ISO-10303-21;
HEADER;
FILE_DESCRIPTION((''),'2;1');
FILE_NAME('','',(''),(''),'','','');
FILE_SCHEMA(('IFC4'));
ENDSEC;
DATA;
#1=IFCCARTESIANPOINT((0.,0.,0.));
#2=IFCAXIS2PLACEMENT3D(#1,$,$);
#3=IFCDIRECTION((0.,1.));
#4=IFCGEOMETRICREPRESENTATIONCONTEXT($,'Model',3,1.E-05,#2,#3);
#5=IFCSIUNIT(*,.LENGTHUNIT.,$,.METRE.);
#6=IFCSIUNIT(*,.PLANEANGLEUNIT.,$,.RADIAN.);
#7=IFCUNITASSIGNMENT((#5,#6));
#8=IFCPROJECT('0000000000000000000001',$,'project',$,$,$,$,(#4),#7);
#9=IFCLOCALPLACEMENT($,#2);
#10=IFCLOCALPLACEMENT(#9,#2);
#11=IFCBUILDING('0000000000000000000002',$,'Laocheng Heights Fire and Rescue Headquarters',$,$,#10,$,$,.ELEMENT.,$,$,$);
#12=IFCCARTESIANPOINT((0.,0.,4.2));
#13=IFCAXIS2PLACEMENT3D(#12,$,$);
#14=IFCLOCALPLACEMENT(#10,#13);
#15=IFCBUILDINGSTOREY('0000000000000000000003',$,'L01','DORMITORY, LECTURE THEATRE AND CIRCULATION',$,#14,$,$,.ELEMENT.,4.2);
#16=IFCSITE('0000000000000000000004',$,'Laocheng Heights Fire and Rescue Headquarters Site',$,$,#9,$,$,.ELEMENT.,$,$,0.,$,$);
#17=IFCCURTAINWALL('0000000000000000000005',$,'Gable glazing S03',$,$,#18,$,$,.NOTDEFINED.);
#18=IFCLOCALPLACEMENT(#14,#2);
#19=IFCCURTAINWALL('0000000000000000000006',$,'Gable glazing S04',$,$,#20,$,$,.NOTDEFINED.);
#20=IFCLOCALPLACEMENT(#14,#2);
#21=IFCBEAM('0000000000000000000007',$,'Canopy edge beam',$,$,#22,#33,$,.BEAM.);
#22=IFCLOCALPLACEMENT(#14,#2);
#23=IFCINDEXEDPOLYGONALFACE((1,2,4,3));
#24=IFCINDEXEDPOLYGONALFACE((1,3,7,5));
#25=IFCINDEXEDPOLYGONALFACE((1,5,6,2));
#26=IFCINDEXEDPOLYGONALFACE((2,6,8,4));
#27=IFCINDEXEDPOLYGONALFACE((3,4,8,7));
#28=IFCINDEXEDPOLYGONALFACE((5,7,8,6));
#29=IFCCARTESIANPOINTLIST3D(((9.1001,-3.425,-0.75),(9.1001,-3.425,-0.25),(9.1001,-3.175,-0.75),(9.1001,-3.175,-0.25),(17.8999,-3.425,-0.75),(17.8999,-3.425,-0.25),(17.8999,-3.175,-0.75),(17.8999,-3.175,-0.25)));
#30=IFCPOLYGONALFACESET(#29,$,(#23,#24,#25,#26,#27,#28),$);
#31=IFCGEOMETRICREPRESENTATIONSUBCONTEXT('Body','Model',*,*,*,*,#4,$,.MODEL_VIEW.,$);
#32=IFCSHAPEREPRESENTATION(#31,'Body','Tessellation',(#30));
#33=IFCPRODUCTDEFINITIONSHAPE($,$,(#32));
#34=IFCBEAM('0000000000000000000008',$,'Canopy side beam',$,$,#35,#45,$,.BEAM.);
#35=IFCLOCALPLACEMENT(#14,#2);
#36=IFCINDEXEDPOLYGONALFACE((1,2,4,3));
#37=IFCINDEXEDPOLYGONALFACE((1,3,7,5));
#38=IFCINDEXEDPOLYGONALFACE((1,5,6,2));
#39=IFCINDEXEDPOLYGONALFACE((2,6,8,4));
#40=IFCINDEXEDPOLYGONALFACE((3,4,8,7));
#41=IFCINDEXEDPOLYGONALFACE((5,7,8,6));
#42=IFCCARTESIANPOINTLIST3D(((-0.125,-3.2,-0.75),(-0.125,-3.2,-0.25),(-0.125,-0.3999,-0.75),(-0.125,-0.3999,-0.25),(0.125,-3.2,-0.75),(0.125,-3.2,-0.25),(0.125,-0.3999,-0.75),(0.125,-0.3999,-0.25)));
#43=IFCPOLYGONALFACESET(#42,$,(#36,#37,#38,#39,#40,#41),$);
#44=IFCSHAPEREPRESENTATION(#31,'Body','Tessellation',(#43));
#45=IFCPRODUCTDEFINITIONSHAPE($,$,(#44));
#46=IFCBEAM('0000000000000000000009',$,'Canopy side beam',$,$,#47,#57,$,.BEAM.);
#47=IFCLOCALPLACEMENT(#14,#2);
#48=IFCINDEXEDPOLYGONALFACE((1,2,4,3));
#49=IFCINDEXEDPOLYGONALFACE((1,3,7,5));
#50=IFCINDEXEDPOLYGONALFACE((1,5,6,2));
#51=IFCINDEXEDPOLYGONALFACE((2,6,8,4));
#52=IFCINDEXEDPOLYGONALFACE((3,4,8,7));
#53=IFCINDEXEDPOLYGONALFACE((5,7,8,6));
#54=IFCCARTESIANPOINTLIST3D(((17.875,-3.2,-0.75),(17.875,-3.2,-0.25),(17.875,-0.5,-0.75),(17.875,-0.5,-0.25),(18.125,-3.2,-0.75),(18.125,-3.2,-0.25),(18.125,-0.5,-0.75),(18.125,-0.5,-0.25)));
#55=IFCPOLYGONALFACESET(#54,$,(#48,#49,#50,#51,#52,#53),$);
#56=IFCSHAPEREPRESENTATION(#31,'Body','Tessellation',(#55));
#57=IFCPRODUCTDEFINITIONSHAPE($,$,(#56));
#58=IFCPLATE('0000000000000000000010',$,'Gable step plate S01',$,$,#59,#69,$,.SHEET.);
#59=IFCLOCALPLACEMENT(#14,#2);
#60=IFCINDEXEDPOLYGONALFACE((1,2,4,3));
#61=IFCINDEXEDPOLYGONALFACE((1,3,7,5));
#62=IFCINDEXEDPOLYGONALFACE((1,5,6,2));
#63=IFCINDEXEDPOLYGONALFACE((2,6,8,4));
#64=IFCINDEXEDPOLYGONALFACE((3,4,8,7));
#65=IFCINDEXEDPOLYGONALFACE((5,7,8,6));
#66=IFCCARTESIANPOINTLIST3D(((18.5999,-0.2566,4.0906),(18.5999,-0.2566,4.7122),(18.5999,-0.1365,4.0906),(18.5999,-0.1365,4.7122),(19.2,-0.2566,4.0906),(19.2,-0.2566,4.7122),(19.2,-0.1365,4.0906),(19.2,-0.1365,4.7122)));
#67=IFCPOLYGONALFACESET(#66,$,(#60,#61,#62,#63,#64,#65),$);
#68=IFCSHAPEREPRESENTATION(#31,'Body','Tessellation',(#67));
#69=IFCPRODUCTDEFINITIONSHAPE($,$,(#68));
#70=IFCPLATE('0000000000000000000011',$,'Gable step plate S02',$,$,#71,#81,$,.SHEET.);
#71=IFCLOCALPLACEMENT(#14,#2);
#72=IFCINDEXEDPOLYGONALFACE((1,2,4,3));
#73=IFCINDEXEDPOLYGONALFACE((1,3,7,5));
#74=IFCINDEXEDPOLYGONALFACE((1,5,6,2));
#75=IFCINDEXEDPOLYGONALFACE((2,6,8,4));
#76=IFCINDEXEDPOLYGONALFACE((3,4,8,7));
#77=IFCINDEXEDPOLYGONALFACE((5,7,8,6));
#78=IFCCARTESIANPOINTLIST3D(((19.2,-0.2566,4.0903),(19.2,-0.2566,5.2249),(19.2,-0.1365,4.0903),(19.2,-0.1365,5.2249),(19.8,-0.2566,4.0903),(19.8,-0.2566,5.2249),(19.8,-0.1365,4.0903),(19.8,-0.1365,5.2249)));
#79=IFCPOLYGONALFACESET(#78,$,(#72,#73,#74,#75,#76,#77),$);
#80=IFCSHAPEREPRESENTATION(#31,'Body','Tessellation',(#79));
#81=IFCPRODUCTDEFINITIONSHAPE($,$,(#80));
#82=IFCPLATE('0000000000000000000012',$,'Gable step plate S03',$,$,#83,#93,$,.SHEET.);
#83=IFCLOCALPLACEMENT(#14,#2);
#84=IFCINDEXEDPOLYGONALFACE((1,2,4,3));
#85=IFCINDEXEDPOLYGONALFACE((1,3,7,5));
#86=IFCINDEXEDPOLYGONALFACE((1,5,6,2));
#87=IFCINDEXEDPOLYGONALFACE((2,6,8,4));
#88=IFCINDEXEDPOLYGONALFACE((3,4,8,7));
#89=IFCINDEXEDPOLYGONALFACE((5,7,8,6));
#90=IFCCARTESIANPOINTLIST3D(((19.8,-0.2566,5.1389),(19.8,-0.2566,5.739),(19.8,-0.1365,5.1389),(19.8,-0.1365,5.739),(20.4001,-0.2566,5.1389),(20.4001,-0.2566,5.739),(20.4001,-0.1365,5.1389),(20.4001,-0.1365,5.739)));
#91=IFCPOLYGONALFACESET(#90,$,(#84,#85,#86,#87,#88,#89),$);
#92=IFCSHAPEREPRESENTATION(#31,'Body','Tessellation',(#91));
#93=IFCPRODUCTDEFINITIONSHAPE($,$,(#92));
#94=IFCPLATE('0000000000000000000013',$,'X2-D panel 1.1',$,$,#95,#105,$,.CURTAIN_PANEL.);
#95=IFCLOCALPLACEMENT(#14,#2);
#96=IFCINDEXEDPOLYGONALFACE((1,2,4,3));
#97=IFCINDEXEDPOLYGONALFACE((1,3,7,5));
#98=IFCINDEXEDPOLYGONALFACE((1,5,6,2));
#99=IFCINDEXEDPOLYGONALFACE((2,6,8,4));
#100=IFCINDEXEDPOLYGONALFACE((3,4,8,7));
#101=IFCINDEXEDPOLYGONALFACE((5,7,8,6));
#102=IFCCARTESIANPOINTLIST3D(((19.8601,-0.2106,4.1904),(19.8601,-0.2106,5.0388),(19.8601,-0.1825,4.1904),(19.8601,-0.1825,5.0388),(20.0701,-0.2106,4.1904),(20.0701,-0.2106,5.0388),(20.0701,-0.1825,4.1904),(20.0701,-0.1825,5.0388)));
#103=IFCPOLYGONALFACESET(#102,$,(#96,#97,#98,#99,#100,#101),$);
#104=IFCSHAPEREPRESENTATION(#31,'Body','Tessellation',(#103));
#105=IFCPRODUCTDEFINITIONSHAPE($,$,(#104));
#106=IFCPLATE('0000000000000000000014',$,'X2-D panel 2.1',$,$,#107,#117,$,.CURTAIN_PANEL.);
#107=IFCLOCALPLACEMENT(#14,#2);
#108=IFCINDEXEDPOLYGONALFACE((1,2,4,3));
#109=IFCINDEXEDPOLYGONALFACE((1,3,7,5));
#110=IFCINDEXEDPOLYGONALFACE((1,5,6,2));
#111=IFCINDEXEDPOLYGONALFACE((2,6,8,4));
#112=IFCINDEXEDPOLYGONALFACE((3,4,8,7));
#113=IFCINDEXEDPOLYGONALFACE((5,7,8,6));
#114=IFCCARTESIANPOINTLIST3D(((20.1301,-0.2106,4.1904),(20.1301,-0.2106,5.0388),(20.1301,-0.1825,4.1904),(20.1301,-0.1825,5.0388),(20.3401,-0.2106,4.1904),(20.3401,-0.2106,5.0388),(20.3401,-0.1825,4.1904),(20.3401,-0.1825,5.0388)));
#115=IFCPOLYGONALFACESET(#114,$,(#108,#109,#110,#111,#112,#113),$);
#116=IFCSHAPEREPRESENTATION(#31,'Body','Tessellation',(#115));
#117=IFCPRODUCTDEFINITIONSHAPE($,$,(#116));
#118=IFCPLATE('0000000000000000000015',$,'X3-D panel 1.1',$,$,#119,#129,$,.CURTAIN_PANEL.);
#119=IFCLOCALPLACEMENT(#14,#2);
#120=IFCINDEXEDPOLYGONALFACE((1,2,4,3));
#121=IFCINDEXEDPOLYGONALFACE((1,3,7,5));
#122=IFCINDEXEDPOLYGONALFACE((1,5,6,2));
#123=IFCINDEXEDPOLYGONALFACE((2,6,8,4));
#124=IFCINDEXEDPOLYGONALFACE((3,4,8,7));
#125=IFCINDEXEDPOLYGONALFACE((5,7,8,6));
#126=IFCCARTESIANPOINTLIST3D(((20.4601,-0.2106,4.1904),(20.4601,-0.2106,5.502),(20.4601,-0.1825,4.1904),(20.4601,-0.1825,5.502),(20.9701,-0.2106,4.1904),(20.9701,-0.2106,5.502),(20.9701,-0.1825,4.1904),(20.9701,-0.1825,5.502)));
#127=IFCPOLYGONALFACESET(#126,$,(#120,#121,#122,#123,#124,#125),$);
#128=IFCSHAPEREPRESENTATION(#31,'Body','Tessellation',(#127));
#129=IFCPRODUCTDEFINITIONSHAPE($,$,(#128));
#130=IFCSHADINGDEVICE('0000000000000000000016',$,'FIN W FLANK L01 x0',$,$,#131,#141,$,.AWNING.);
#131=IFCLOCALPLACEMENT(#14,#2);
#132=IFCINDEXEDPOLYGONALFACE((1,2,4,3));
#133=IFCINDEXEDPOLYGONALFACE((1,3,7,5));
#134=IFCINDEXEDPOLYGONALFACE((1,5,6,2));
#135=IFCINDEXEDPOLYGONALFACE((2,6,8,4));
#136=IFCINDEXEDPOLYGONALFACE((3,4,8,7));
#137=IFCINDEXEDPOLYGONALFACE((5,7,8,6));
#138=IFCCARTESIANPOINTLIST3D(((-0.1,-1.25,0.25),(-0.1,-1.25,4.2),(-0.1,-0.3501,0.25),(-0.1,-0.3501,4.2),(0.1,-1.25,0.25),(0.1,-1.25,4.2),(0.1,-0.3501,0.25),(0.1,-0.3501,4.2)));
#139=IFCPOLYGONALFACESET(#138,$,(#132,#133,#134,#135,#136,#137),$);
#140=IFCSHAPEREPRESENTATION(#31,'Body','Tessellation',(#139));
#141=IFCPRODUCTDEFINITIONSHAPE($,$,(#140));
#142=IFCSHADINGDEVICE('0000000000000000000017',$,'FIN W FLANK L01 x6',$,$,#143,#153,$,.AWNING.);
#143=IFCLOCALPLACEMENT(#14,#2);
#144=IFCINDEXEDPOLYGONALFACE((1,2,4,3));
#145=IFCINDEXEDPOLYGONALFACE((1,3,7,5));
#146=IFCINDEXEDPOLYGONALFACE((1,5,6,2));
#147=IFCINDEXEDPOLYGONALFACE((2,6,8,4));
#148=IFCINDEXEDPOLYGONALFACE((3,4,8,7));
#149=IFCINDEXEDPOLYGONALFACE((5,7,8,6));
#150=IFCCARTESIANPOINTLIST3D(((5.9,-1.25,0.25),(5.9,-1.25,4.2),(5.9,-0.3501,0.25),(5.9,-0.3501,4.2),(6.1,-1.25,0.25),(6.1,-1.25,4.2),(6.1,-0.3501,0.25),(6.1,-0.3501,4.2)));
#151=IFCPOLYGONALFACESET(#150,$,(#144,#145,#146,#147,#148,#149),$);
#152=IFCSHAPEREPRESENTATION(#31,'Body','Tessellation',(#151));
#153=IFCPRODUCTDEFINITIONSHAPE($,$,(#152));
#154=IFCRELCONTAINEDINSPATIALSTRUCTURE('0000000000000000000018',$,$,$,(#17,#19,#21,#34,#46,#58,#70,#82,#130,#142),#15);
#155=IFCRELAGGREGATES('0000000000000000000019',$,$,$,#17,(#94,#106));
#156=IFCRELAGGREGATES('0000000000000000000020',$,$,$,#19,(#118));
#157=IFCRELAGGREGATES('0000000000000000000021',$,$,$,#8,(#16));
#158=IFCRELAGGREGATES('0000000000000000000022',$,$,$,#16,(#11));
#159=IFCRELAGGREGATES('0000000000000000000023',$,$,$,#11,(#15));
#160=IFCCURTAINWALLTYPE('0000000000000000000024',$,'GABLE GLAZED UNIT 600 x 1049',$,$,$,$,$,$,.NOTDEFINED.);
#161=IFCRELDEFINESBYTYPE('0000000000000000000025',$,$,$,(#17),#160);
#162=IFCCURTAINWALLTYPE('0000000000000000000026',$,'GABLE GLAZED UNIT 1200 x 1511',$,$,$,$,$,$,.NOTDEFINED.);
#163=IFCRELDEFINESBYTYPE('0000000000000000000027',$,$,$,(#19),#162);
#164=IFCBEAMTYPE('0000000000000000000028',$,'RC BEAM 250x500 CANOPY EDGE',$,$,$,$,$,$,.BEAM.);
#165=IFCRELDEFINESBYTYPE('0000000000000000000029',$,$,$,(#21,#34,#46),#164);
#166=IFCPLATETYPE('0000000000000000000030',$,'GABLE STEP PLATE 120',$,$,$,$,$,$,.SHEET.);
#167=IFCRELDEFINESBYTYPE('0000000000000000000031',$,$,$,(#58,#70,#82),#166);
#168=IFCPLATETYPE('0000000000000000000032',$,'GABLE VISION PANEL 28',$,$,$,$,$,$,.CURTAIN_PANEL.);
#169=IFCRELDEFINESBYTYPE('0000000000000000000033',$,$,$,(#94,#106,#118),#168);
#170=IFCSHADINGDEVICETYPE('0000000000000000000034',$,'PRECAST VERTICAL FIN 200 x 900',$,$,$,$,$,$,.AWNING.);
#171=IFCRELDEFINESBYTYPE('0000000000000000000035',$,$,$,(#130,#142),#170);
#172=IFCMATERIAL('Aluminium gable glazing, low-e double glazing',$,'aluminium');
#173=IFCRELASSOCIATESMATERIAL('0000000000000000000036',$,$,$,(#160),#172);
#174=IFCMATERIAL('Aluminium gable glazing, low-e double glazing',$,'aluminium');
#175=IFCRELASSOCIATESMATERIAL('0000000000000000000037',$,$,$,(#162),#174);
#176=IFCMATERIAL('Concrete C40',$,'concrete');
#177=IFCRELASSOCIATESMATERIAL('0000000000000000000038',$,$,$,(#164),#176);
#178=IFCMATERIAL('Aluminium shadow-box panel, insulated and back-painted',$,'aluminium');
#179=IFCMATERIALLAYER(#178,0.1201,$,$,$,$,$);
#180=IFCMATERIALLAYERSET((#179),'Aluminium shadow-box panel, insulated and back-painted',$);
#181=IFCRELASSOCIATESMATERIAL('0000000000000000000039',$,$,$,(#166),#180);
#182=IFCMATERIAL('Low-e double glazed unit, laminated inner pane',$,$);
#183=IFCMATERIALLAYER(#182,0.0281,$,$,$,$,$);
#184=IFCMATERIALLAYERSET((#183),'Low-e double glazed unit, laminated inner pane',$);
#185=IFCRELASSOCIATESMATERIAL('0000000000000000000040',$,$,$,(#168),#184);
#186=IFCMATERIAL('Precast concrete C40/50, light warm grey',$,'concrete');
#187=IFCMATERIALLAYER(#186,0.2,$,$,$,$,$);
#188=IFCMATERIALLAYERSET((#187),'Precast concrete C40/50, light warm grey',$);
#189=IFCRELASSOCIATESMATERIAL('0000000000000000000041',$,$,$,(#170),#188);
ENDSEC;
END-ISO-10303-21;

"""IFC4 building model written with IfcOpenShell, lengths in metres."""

from ifc_helpers import new_model, si_unit, direction, frame, origin, origin_2d, place, context, subcontext, project, spatial, rectangle, extrude, material, layer, layer_set, material_profile, profile_set, type_object, element, aggregate, save


model = new_model("IFC4")

# Units and contexts
model_context = context("Model", 3, precision=1e-05, world=origin(), true_north=direction((0.0, 1.0)))
body_context = subcontext(model_context, "Body", "Model", "MODEL_VIEW")
ifc_project = project(units=[si_unit("LENGTHUNIT", "METRE"), si_unit("PLANEANGLEUNIT", "RADIAN")], contexts=[model_context])

# Site, building, storey
site_placement = place(None, origin())
site = spatial("IfcSite", under=ifc_project, at=site_placement, Name="Laocheng Heights Fire and Rescue Headquarters Site", CompositionType="ELEMENT", RefElevation=0.0)
building_placement = place(site_placement, origin())
building = spatial("IfcBuilding", under=site, at=building_placement, Name="Laocheng Heights Fire and Rescue Headquarters", CompositionType="ELEMENT")
storey_placement = place(building_placement, frame((0.0, 0.0, 4.2)))
storey = spatial("IfcBuildingStorey", under=building, at=storey_placement, Name="L01", Description="DORMITORY, LECTURE THEATRE AND CIRCULATION", CompositionType="ELEMENT", Elevation=4.2)

# Curtain wall
ifc_material_1 = material(Name="Aluminium gable glazing, low-e double glazing", Category="aluminium")
curtain_wall_type_1 = type_object("IfcCurtainWallType", Name="GABLE GLAZED UNIT 600 x 1049", PredefinedType="NOTDEFINED", material=ifc_material_1)
curtain_wall_1_placement = place(storey_placement, origin())
curtain_wall_1 = element("IfcCurtainWall", 1, at=curtain_wall_1_placement, inside=storey, type_object=curtain_wall_type_1, Name="Gable glazing S03", PredefinedType="NOTDEFINED")

# Curtain wall
ifc_material_2 = material(Name="Aluminium gable glazing, low-e double glazing", Category="aluminium")
curtain_wall_type_2 = type_object("IfcCurtainWallType", Name="GABLE GLAZED UNIT 1200 x 1511", PredefinedType="NOTDEFINED", material=ifc_material_2)
curtain_wall_2_placement = place(storey_placement, origin())
curtain_wall_2 = element("IfcCurtainWall", 2, at=curtain_wall_2_placement, inside=storey, type_object=curtain_wall_type_2, Name="Gable glazing S04", PredefinedType="NOTDEFINED")

# Beams
ifc_material_3 = material(Name="Concrete C40", Category="concrete")
ifc_material_profile_1 = material_profile(ifc_material_3, rectangle(XDim=0.25, YDim=0.5, at=origin_2d()), Name="RC BEAM 250x500 CANOPY EDGE")
ifc_profile_set_1 = profile_set([ifc_material_profile_1], Name="Concrete C40")
beam_type = type_object("IfcBeamType", Name="RC BEAM 250x500 CANOPY EDGE", PredefinedType="BEAM", material=ifc_profile_set_1)
for number, where, z_axis, x_axis, name in (
    (3, (9.1001, -3.3, -0.5), (1.0, 0.0, 0.0), (0.0, 1.0, 0.0), "Canopy edge beam"),
):
    element("IfcBeam", number, at=place(storey_placement, frame(where, z_axis=z_axis, x_axis=x_axis)), inside=storey, type_object=beam_type, Name=name, PredefinedType="BEAM", context=body_context, shape_type="SweptSolid", body=[
        extrude(rectangle(XDim=0.25, YDim=0.5, at=origin_2d()), origin(), (0.0, 0.0, 1.0), 8.7998),
    ])
beam_1_placement = place(storey_placement, frame((0.0, -3.2, -0.5), z_axis=(0.0, 1.0, 0.0), x_axis=(-1.0, 0.0, 0.0)))
element("IfcBeam", 4, at=beam_1_placement, inside=storey, type_object=beam_type, Name="Canopy side beam", PredefinedType="BEAM", context=body_context, shape_type="SweptSolid", body=[
    extrude(rectangle(XDim=0.25, YDim=0.5, at=origin_2d()), origin(), (0.0, 0.0, 1.0), 2.8),
])
beam_2_placement = place(storey_placement, frame((18.0, -3.2, -0.5), z_axis=(0.0, 1.0, 0.0), x_axis=(-1.0, 0.0, 0.0)))
element("IfcBeam", 5, at=beam_2_placement, inside=storey, type_object=beam_type, Name="Canopy side beam", PredefinedType="BEAM", context=body_context, shape_type="SweptSolid", body=[
    extrude(rectangle(XDim=0.25, YDim=0.5, at=origin_2d()), origin(), (0.0, 0.0, 1.0), 2.7),
])

# Plates
ifc_material_4 = material(Name="Aluminium shadow-box panel, insulated and back-painted", Category="aluminium")
ifc_layer_1 = layer(ifc_material_4, 0.1201)
ifc_layer_set_1 = layer_set([ifc_layer_1], Name="Aluminium shadow-box panel, insulated and back-painted")
plate_type_1 = type_object("IfcPlateType", Name="GABLE STEP PLATE 120", PredefinedType="SHEET", material=ifc_layer_set_1)
plate_1_placement = place(storey_placement, frame((18.8999, -0.1965, 4.0906), z_axis=(0.0, 0.0, 1.0), x_axis=(1.0, 0.0, 0.0)))
element("IfcPlate", 6, at=plate_1_placement, inside=storey, type_object=plate_type_1, Name="Gable step plate S01", PredefinedType="SHEET", context=body_context, shape_type="SweptSolid", body=[
    extrude(rectangle(XDim=0.6001, YDim=0.1201, at=origin_2d()), origin(), (0.0, 0.0, 1.0), 0.6216),
])
plate_2_placement = place(storey_placement, frame((19.5, -0.1965, 4.0903), z_axis=(0.0, 0.0, 1.0), x_axis=(1.0, 0.0, 0.0)))
element("IfcPlate", 7, at=plate_2_placement, inside=storey, type_object=plate_type_1, Name="Gable step plate S02", PredefinedType="SHEET", context=body_context, shape_type="SweptSolid", body=[
    extrude(rectangle(XDim=0.6001, YDim=0.1201, at=origin_2d()), origin(), (0.0, 0.0, 1.0), 1.1345),
])
plate_3_placement = place(storey_placement, frame((20.1001, -0.1965, 5.1389), z_axis=(0.0, 0.0, 1.0), x_axis=(1.0, 0.0, 0.0)))
element("IfcPlate", 8, at=plate_3_placement, inside=storey, type_object=plate_type_1, Name="Gable step plate S03", PredefinedType="SHEET", context=body_context, shape_type="SweptSolid", body=[
    extrude(rectangle(XDim=0.6001, YDim=0.1201, at=origin_2d()), origin(), (0.0, 0.0, 1.0), 0.6001),
])

# Plates
ifc_material_5 = material(Name="Low-e double glazed unit, laminated inner pane")
ifc_layer_2 = layer(ifc_material_5, 0.0281)
ifc_layer_set_2 = layer_set([ifc_layer_2], Name="Low-e double glazed unit, laminated inner pane")
plate_type_2 = type_object("IfcPlateType", Name="GABLE VISION PANEL 28", PredefinedType="CURTAIN_PANEL", material=ifc_layer_set_2)
plate_4_placement = place(storey_placement, frame((19.9651, -0.1965, 4.1904), z_axis=(0.0, 0.0, 1.0), x_axis=(1.0, 0.0, 0.0)))
plate_4 = element("IfcPlate", 9, at=plate_4_placement, type_object=plate_type_2, Name="X2-D panel 1.1", PredefinedType="CURTAIN_PANEL", context=body_context, shape_type="SweptSolid", body=[
    extrude(rectangle(XDim=0.21, YDim=0.0281, at=origin_2d()), origin(), (0.0, 0.0, 1.0), 0.8484),
])
plate_5_placement = place(storey_placement, frame((20.2351, -0.1965, 4.1904), z_axis=(0.0, 0.0, 1.0), x_axis=(1.0, 0.0, 0.0)))
plate_5 = element("IfcPlate", 10, at=plate_5_placement, type_object=plate_type_2, Name="X2-D panel 2.1", PredefinedType="CURTAIN_PANEL", context=body_context, shape_type="SweptSolid", body=[
    extrude(rectangle(XDim=0.21, YDim=0.0281, at=origin_2d()), origin(), (0.0, 0.0, 1.0), 0.8484),
])
aggregate(curtain_wall_1, [plate_4, plate_5])
plate_6_placement = place(storey_placement, frame((20.7151, -0.1965, 4.1904), z_axis=(0.0, 0.0, 1.0), x_axis=(1.0, 0.0, 0.0)))
plate_6 = element("IfcPlate", 11, at=plate_6_placement, type_object=plate_type_2, Name="X3-D panel 1.1", PredefinedType="CURTAIN_PANEL", context=body_context, shape_type="SweptSolid", body=[
    extrude(rectangle(XDim=0.51, YDim=0.0281, at=origin_2d()), origin(), (0.0, 0.0, 1.0), 1.3115),
])
aggregate(curtain_wall_2, [plate_6])

# Shading devices
ifc_material_6 = material(Name="Precast concrete C40/50, light warm grey", Category="concrete")
ifc_layer_3 = layer(ifc_material_6, 0.2)
ifc_layer_set_3 = layer_set([ifc_layer_3], Name="Precast concrete C40/50, light warm grey")
shading_device_type = type_object("IfcShadingDeviceType", Name="PRECAST VERTICAL FIN 200 x 900", PredefinedType="AWNING", material=ifc_layer_set_3)
for number, where, z_axis, x_axis, name in (
    (12, (0.0, -0.8, 0.25), (0.0, 0.0, 1.0), (1.0, 0.0, 0.0), "FIN W FLANK L01 x0"),
    (13, (6.0, -0.8, 0.25), (0.0, 0.0, 1.0), (1.0, 0.0, 0.0), "FIN W FLANK L01 x6"),
):
    element("IfcShadingDevice", number, at=place(storey_placement, frame(where, z_axis=z_axis, x_axis=x_axis)), inside=storey, type_object=shading_device_type, Name=name, PredefinedType="AWNING", context=body_context, shape_type="SweptSolid", body=[
        extrude(rectangle(XDim=0.2, YDim=0.8999, at=origin_2d()), origin(), (0.0, 0.0, 1.0), 3.95),
    ])

save(model, "model.ifc")
